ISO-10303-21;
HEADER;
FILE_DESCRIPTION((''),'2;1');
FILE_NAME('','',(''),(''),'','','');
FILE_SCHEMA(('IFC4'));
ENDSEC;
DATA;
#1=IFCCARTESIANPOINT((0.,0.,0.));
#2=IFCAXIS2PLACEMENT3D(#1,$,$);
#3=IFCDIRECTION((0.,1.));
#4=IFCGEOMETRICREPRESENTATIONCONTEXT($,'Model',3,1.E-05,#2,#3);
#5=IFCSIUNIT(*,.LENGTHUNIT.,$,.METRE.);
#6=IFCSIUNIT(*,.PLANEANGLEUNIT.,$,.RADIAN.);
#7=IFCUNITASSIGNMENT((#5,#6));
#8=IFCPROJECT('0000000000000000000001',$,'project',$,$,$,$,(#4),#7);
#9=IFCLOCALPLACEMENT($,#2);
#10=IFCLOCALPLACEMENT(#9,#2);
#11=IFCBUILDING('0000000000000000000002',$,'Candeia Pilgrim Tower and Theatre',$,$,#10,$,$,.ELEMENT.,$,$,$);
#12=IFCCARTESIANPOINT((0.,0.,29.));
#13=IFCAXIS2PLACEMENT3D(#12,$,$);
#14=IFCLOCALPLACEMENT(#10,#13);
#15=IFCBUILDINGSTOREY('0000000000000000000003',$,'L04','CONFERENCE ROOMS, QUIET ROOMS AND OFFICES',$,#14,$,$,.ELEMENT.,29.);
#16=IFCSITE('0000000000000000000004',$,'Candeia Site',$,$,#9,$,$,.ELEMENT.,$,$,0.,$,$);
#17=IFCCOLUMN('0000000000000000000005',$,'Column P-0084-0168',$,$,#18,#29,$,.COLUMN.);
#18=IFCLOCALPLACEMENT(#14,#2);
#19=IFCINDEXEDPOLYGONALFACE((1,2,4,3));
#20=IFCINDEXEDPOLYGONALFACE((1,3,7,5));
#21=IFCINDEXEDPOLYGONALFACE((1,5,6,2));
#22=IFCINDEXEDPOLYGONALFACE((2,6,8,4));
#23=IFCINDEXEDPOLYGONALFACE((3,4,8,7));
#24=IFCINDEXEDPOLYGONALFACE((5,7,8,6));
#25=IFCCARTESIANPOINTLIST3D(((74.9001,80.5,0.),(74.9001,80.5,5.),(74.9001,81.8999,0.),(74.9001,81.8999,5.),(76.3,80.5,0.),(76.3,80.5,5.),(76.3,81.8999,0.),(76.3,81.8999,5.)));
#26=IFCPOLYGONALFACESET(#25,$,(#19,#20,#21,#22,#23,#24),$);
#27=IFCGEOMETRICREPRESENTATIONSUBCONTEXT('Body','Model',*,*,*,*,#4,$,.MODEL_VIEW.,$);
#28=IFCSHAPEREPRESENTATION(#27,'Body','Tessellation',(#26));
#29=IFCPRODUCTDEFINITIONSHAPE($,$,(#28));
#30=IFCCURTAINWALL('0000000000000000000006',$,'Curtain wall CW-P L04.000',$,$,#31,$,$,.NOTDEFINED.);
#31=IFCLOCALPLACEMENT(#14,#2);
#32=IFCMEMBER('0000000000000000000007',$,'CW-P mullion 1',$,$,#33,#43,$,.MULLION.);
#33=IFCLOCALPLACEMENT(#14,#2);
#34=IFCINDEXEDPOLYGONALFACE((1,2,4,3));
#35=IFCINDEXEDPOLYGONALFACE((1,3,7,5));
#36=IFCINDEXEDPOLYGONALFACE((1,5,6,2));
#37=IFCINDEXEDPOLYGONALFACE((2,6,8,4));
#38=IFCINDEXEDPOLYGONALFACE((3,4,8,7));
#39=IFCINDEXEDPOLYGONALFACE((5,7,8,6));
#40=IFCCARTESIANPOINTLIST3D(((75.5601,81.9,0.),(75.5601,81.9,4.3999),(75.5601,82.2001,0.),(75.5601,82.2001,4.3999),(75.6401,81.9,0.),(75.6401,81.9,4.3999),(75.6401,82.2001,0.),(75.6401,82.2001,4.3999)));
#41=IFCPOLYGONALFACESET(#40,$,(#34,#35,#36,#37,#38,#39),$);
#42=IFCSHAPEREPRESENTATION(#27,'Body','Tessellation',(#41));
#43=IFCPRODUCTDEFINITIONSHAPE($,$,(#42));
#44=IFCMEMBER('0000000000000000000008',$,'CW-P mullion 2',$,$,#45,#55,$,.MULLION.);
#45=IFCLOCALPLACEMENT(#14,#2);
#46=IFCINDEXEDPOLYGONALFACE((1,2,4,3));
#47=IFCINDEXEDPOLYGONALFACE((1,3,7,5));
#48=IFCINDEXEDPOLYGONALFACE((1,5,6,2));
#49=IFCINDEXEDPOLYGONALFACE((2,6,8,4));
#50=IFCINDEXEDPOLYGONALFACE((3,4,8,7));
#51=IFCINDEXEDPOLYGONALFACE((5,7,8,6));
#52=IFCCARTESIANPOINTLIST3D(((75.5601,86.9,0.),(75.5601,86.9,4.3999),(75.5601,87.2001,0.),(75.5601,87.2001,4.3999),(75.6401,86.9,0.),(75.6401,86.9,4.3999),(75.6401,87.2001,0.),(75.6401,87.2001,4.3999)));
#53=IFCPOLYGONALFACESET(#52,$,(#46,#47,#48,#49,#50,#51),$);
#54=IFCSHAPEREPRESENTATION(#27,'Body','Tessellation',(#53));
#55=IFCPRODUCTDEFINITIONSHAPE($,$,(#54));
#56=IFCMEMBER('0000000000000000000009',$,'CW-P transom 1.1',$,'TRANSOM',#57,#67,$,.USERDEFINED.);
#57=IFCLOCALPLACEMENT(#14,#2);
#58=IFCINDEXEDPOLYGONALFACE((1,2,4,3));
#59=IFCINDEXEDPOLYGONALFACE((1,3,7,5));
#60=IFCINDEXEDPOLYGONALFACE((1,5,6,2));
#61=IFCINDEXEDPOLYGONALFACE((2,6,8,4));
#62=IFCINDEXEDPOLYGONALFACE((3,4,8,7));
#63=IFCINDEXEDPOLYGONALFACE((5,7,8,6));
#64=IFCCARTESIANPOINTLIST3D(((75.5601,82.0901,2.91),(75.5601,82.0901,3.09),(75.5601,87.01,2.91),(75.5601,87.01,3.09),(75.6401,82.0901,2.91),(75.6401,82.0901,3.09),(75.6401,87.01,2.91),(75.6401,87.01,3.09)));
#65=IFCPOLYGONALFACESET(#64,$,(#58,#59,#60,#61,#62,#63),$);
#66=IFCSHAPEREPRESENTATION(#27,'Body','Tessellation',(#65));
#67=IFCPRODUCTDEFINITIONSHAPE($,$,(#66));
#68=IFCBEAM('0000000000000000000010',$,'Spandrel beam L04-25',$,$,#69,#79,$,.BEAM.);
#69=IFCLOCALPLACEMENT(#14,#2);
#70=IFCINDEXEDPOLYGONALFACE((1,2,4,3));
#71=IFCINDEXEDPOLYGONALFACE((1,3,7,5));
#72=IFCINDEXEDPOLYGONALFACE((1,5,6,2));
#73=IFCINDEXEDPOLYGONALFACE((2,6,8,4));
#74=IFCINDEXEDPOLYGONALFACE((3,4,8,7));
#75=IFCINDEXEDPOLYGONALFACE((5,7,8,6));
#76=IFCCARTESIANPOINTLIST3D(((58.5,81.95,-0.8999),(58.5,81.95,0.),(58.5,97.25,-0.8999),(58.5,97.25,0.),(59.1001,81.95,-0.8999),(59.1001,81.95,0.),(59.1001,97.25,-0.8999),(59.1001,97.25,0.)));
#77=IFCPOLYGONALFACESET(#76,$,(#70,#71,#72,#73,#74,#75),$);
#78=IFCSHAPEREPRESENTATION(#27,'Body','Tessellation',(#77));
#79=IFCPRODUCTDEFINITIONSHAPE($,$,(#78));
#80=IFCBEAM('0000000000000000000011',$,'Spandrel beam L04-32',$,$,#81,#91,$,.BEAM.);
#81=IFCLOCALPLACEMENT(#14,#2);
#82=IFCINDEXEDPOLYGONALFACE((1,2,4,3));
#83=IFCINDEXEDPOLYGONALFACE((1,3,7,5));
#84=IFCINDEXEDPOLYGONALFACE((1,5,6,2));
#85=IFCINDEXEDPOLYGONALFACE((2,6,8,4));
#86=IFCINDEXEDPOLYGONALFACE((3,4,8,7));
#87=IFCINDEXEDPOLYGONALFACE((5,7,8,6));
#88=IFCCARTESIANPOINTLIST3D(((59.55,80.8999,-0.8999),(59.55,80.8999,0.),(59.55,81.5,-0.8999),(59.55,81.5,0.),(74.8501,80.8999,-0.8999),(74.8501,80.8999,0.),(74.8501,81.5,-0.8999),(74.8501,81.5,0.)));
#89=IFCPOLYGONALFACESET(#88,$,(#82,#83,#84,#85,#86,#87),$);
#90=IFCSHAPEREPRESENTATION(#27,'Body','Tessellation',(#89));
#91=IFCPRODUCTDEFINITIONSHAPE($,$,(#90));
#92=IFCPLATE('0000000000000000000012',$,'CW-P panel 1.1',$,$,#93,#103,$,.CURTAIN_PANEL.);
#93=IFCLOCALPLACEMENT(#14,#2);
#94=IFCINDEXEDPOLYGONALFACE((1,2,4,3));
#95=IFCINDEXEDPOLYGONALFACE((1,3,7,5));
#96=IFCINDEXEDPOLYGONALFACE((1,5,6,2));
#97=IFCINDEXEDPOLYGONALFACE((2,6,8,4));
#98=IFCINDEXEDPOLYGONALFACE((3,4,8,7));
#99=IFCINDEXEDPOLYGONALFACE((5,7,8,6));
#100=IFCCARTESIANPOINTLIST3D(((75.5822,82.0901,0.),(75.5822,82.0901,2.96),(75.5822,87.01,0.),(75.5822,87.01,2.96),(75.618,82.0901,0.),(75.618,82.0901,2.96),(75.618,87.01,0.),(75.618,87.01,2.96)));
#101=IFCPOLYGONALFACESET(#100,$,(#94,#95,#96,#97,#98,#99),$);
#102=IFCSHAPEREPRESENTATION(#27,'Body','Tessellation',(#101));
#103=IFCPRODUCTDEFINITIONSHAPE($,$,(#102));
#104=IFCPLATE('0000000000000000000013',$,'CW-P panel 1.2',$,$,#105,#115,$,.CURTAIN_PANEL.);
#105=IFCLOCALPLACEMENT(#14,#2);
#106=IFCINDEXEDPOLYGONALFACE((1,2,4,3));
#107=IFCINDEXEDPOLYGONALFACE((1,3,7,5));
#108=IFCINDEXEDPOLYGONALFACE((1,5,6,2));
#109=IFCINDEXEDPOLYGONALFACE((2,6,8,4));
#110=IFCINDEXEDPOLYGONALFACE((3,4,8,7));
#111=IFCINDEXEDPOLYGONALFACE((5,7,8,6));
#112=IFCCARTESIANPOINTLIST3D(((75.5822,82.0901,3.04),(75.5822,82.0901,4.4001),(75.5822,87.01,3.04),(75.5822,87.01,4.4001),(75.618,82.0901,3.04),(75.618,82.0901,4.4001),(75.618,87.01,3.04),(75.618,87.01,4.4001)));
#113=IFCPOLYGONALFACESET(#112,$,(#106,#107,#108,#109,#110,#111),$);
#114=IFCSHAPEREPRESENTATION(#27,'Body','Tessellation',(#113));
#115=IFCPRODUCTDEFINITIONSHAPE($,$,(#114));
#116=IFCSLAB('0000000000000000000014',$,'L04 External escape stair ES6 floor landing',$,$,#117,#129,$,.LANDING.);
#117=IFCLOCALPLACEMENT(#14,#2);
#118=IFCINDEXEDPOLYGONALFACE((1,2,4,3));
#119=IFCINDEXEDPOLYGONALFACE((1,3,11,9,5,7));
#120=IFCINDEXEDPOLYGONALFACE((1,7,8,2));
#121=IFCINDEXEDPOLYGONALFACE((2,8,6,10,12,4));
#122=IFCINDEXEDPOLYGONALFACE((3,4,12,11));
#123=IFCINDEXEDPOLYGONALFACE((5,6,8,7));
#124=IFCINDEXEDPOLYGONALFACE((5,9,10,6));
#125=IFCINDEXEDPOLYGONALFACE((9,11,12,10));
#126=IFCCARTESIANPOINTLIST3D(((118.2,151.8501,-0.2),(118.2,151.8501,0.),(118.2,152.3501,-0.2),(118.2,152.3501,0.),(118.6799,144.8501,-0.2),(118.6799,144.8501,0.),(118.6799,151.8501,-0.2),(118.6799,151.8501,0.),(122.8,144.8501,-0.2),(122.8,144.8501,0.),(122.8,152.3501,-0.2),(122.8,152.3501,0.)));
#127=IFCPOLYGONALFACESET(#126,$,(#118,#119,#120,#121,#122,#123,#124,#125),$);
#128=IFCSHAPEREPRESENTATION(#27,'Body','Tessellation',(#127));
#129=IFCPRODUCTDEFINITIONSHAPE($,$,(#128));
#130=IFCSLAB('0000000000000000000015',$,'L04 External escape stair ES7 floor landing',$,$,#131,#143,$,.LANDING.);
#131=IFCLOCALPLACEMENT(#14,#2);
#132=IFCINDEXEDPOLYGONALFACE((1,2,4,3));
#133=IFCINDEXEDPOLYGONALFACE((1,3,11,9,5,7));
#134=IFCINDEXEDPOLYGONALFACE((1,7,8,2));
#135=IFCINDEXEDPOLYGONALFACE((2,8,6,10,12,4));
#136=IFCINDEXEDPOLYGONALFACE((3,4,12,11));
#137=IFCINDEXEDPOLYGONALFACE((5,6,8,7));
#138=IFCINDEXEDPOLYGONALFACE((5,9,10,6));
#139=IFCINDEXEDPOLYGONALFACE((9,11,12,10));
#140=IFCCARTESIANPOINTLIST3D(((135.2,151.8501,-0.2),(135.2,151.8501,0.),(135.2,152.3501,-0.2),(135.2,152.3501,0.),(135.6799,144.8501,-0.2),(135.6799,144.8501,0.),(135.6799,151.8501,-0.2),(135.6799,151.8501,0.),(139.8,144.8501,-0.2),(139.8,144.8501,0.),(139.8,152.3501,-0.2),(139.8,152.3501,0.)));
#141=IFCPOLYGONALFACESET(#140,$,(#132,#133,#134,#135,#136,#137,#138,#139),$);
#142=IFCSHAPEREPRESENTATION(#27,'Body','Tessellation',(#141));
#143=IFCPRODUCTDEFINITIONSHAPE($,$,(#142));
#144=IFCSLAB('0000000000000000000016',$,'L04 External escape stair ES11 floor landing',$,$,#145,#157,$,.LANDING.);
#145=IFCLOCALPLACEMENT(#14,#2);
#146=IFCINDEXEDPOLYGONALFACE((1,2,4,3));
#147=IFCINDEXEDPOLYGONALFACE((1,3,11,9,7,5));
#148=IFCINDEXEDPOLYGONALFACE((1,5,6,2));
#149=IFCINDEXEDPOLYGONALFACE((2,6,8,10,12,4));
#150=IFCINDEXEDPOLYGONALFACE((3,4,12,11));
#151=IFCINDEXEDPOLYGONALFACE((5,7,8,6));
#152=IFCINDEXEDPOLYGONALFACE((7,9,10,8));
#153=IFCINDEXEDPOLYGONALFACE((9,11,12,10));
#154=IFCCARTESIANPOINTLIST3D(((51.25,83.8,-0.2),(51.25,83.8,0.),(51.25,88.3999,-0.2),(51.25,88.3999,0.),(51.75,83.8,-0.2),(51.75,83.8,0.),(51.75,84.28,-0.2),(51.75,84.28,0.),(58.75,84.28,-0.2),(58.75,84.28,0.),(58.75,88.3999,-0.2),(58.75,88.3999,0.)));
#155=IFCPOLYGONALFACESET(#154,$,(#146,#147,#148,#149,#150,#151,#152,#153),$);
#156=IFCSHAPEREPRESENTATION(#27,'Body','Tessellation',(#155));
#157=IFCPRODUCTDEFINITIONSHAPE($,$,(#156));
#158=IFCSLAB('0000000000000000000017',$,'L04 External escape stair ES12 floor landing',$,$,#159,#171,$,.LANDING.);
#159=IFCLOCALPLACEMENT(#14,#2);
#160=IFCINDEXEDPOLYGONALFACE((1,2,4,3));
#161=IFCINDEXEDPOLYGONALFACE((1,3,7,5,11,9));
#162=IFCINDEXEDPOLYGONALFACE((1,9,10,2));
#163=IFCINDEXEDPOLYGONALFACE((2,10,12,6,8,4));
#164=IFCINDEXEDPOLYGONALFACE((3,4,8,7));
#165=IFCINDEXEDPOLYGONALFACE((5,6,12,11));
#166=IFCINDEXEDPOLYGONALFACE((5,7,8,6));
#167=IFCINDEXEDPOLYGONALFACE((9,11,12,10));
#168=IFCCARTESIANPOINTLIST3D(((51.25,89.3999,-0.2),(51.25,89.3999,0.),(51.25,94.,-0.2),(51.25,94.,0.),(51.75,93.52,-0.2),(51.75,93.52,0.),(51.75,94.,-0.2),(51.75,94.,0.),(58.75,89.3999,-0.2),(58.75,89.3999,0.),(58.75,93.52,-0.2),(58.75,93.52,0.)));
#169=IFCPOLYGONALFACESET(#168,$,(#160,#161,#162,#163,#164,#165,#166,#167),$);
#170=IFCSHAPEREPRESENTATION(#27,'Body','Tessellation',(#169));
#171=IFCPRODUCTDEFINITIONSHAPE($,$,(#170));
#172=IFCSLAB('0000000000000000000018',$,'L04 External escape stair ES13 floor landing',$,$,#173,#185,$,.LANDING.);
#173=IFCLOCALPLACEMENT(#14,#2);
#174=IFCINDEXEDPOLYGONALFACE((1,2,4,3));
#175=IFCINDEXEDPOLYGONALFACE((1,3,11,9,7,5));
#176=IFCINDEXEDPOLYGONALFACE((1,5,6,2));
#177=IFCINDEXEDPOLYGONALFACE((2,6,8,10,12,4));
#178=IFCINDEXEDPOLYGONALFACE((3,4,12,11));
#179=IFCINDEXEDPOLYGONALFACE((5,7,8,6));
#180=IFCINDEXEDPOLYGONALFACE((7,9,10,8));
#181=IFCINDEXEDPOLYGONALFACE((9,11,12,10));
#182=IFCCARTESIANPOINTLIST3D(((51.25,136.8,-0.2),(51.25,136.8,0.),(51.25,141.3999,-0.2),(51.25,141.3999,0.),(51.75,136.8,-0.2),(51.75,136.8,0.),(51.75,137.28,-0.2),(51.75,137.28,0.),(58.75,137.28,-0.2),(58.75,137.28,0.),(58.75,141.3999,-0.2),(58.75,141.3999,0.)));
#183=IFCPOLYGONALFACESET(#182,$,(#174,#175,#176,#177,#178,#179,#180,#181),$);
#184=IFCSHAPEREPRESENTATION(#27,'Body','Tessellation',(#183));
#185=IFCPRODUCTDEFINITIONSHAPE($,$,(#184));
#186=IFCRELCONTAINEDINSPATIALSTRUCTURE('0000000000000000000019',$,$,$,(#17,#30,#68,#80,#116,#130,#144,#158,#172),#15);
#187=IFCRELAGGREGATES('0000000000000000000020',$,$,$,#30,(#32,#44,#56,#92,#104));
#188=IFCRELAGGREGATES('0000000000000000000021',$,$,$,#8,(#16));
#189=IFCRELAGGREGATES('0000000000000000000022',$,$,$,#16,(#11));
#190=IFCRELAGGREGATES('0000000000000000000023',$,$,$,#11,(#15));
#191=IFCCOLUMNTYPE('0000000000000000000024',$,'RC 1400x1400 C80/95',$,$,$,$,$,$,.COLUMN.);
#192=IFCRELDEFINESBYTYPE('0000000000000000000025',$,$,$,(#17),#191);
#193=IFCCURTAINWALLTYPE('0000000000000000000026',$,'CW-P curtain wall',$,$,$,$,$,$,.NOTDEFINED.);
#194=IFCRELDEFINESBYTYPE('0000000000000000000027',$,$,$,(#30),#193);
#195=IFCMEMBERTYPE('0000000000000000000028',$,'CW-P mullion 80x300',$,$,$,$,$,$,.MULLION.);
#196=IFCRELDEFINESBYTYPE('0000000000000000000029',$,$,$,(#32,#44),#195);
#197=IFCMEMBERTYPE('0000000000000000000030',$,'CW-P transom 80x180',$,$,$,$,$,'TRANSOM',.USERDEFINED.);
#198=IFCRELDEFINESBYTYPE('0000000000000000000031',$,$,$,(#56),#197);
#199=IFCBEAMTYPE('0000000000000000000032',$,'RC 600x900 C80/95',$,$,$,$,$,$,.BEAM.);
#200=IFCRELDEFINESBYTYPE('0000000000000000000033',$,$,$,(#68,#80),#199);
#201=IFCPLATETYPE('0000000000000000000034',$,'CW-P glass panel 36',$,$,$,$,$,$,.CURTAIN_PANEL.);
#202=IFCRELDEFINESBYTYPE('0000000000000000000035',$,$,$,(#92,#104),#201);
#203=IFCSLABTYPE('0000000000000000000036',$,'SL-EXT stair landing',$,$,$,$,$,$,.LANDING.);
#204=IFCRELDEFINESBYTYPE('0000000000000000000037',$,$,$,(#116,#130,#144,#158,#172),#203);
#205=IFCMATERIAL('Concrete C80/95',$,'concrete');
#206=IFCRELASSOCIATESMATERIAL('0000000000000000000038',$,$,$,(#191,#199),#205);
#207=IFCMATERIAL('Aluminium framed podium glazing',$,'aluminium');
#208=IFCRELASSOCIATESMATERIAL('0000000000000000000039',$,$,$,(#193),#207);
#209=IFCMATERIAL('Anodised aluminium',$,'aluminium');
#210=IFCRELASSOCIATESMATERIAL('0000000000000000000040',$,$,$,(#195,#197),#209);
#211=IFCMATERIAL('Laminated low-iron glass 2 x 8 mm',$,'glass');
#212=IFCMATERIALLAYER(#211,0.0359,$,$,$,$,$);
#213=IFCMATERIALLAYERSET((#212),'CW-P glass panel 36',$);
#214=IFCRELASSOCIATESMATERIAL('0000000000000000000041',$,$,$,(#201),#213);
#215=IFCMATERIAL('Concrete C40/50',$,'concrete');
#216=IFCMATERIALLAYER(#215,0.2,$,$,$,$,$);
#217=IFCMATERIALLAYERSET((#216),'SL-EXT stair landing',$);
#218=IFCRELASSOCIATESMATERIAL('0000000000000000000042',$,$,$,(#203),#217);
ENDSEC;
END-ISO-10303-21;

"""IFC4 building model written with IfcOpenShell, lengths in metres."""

from ifc_helpers import new_model, si_unit, direction, frame, origin, origin_2d, place, context, subcontext, project, spatial, polyline, rectangle, outline, extrude, material, layer, layer_set, material_profile, profile_set, type_object, element, aggregate, save


model = new_model("IFC4")

# Units and contexts
model_context = context("Model", 3, precision=1e-05, world=origin(), true_north=direction((0.0, 1.0)))
body_context = subcontext(model_context, "Body", "Model", "MODEL_VIEW")
ifc_project = project(units=[si_unit("LENGTHUNIT", "METRE"), si_unit("PLANEANGLEUNIT", "RADIAN")], contexts=[model_context])

# Site, building, storey
site_placement = place(None, origin())
site = spatial("IfcSite", under=ifc_project, at=site_placement, Name="Candeia Site", CompositionType="ELEMENT", RefElevation=0.0)
building_placement = place(site_placement, origin())
building = spatial("IfcBuilding", under=site, at=building_placement, Name="Candeia Pilgrim Tower and Theatre", CompositionType="ELEMENT")
storey_placement = place(building_placement, frame((0.0, 0.0, 29.0)))
storey = spatial("IfcBuildingStorey", under=building, at=storey_placement, Name="L04", Description="CONFERENCE ROOMS, QUIET ROOMS AND OFFICES", CompositionType="ELEMENT", Elevation=29.0)

# Column
ifc_material_1 = material(Name="Concrete C80/95", Category="concrete")
ifc_material_profile_1 = material_profile(ifc_material_1, rectangle(XDim=1.3999, YDim=1.3999, at=origin_2d()))
ifc_profile_set_1 = profile_set([ifc_material_profile_1], Name="Concrete C80/95")
column_type = type_object("IfcColumnType", Name="RC 1400x1400 C80/95", PredefinedType="COLUMN", material=ifc_profile_set_1)
column_placement = place(storey_placement, frame((75.6001, 81.2, 0.0), z_axis=(0.0, 0.0, 1.0), x_axis=(1.0, 0.0, 0.0)))
element("IfcColumn", 1, at=column_placement, inside=storey, type_object=column_type, Name="Column P-0084-0168", PredefinedType="COLUMN", context=body_context, shape_type="SweptSolid", body=[
    extrude(rectangle(XDim=1.3999, YDim=1.3999, at=origin_2d()), origin(), (0.0, 0.0, 1.0), 5.0),
])

# Curtain wall, members
ifc_material_2 = material(Name="Aluminium framed podium glazing", Category="aluminium")
curtain_wall_type = type_object("IfcCurtainWallType", Name="CW-P curtain wall", PredefinedType="NOTDEFINED", material=ifc_material_2)
curtain_wall_placement = place(storey_placement, origin())
curtain_wall = element("IfcCurtainWall", 2, at=curtain_wall_placement, inside=storey, type_object=curtain_wall_type, Name="Curtain wall CW-P L04.000", PredefinedType="NOTDEFINED")
ifc_material_3 = material(Name="Anodised aluminium", Category="aluminium")
ifc_material_profile_2 = material_profile(ifc_material_3, rectangle(XDim=0.0801, YDim=0.3, at=origin_2d()))
ifc_profile_set_2 = profile_set([ifc_material_profile_2], Name="Anodised aluminium")
member_type_1 = type_object("IfcMemberType", Name="CW-P mullion 80x300", PredefinedType="MULLION", material=ifc_profile_set_2)
member_1_placement = place(storey_placement, frame((75.6001, 82.05, 0.0), z_axis=(0.0, 0.0, 1.0), x_axis=(-1.0, 0.0, 0.0)))
member_1 = element("IfcMember", 3, at=member_1_placement, type_object=member_type_1, Name="CW-P mullion 1", PredefinedType="MULLION", context=body_context, shape_type="SweptSolid", body=[
    extrude(rectangle(XDim=0.0801, YDim=0.3, at=origin_2d()), origin(), (0.0, 0.0, 1.0), 4.3999),
])
member_2_placement = place(storey_placement, frame((75.6001, 87.05, 0.0), z_axis=(0.0, 0.0, 1.0), x_axis=(-1.0, 0.0, 0.0)))
member_2 = element("IfcMember", 4, at=member_2_placement, type_object=member_type_1, Name="CW-P mullion 2", PredefinedType="MULLION", context=body_context, shape_type="SweptSolid", body=[
    extrude(rectangle(XDim=0.0801, YDim=0.3, at=origin_2d()), origin(), (0.0, 0.0, 1.0), 4.3999),
])
ifc_material_profile_3 = material_profile(ifc_material_3, rectangle(XDim=0.0801, YDim=0.1799, at=origin_2d()))
ifc_profile_set_3 = profile_set([ifc_material_profile_3], Name="Anodised aluminium")
member_type_2 = type_object("IfcMemberType", Name="CW-P transom 80x180", ElementType="TRANSOM", PredefinedType="USERDEFINED", material=ifc_profile_set_3)
member_3_placement = place(storey_placement, frame((75.6001, 82.0901, 3.0), z_axis=(0.0, 1.0, 0.0), x_axis=(-1.0, 0.0, 0.0)))
member_3 = element("IfcMember", 5, at=member_3_placement, type_object=member_type_2, Name="CW-P transom 1.1", ObjectType="TRANSOM", PredefinedType="USERDEFINED", context=body_context, shape_type="SweptSolid", body=[
    extrude(rectangle(XDim=0.0801, YDim=0.1799, at=origin_2d()), origin(), (0.0, 0.0, 1.0), 4.9199),
])

# Beams
ifc_material_profile_4 = material_profile(ifc_material_1, rectangle(XDim=0.6001, YDim=0.8999, at=origin_2d()))
ifc_profile_set_4 = profile_set([ifc_material_profile_4], Name="Concrete C80/95")
beam_type = type_object("IfcBeamType", Name="RC 600x900 C80/95", PredefinedType="BEAM", material=ifc_profile_set_4)
for number, where, z_axis, x_axis, name in (
    (6, (58.8, 81.95, -0.45), (0.0, 1.0, 0.0), (-1.0, 0.0, 0.0), "Spandrel beam L04-25"),
    (7, (74.8501, 81.2, -0.45), (-1.0, 0.0, 0.0), (0.0, -1.0, 0.0), "Spandrel beam L04-32"),
):
    element("IfcBeam", number, at=place(storey_placement, frame(where, z_axis=z_axis, x_axis=x_axis)), inside=storey, type_object=beam_type, Name=name, PredefinedType="BEAM", context=body_context, shape_type="SweptSolid", body=[
        extrude(rectangle(XDim=0.6001, YDim=0.8999, at=origin_2d()), origin(), (0.0, 0.0, 1.0), 15.3),
    ])

# Plates
ifc_material_4 = material(Name="Laminated low-iron glass 2 x 8 mm", Category="glass")
ifc_layer_1 = layer(ifc_material_4, 0.0359)
ifc_layer_set_1 = layer_set([ifc_layer_1], Name="CW-P glass panel 36")
plate_type = type_object("IfcPlateType", Name="CW-P glass panel 36", PredefinedType="CURTAIN_PANEL", material=ifc_layer_set_1)
plate_1_placement = place(storey_placement, frame((75.6001, 84.55, 0.0), z_axis=(0.0, 0.0, 1.0), x_axis=(0.0, 1.0, 0.0)))
plate_1 = element("IfcPlate", 8, at=plate_1_placement, type_object=plate_type, Name="CW-P panel 1.1", PredefinedType="CURTAIN_PANEL", context=body_context, shape_type="SweptSolid", body=[
    extrude(rectangle(XDim=4.9199, YDim=0.0359, at=origin_2d()), origin(), (0.0, 0.0, 1.0), 2.96),
])
plate_2_placement = place(storey_placement, frame((75.6001, 84.55, 3.04), z_axis=(0.0, 0.0, 1.0), x_axis=(0.0, 1.0, 0.0)))
plate_2 = element("IfcPlate", 9, at=plate_2_placement, type_object=plate_type, Name="CW-P panel 1.2", PredefinedType="CURTAIN_PANEL", context=body_context, shape_type="SweptSolid", body=[
    extrude(rectangle(XDim=4.9199, YDim=0.0359, at=origin_2d()), origin(), (0.0, 0.0, 1.0), 1.3601),
])
aggregate(curtain_wall, [member_1, member_2, member_3, plate_1, plate_2])

# Slabs
ifc_material_5 = material(Name="Concrete C40/50", Category="concrete")
ifc_layer_2 = layer(ifc_material_5, 0.2)
ifc_layer_set_2 = layer_set([ifc_layer_2], Name="SL-EXT stair landing")
slab_type = type_object("IfcSlabType", Name="SL-EXT stair landing", PredefinedType="LANDING", material=ifc_layer_set_2)
slab_1_placement = place(storey_placement, frame((0.0, 0.0, -0.2)))
element("IfcSlab", 10, at=slab_1_placement, inside=storey, type_object=slab_type, Name="L04 External escape stair ES6 floor landing", PredefinedType="LANDING", context=body_context, shape_type="SweptSolid", body=[
    extrude(outline(polyline([(122.8, 144.8501), (118.6799, 144.8501), (118.6799, 151.8501), (118.2, 151.8501), (118.2, 152.3501), (122.8, 152.3501), (122.8, 144.8501)])), origin(), (0.0, 0.0, 1.0), 0.2),
])
slab_2_placement = place(storey_placement, frame((0.0, 0.0, -0.2)))
element("IfcSlab", 11, at=slab_2_placement, inside=storey, type_object=slab_type, Name="L04 External escape stair ES7 floor landing", PredefinedType="LANDING", context=body_context, shape_type="SweptSolid", body=[
    extrude(outline(polyline([(139.8, 144.8501), (135.6799, 144.8501), (135.6799, 151.8501), (135.2, 151.8501), (135.2, 152.3501), (139.8, 152.3501), (139.8, 144.8501)])), origin(), (0.0, 0.0, 1.0), 0.2),
])
slab_3_placement = place(storey_placement, frame((0.0, 0.0, -0.2)))
element("IfcSlab", 12, at=slab_3_placement, inside=storey, type_object=slab_type, Name="L04 External escape stair ES11 floor landing", PredefinedType="LANDING", context=body_context, shape_type="SweptSolid", body=[
    extrude(outline(polyline([(58.75, 88.3999), (58.75, 84.28), (51.75, 84.28), (51.75, 83.8), (51.25, 83.8), (51.25, 88.3999), (58.75, 88.3999)])), origin(), (0.0, 0.0, 1.0), 0.2),
])
slab_4_placement = place(storey_placement, frame((0.0, 0.0, -0.2)))
element("IfcSlab", 13, at=slab_4_placement, inside=storey, type_object=slab_type, Name="L04 External escape stair ES12 floor landing", PredefinedType="LANDING", context=body_context, shape_type="SweptSolid", body=[
    extrude(outline(polyline([(58.75, 89.3999), (58.75, 93.52), (51.75, 93.52), (51.75, 94.0), (51.25, 94.0), (51.25, 89.3999), (58.75, 89.3999)])), origin(), (0.0, 0.0, 1.0), 0.2),
])
slab_5_placement = place(storey_placement, frame((0.0, 0.0, -0.2)))
element("IfcSlab", 14, at=slab_5_placement, inside=storey, type_object=slab_type, Name="L04 External escape stair ES13 floor landing", PredefinedType="LANDING", context=body_context, shape_type="SweptSolid", body=[
    extrude(outline(polyline([(58.75, 141.3999), (58.75, 137.28), (51.75, 137.28), (51.75, 136.8), (51.25, 136.8), (51.25, 141.3999), (58.75, 141.3999)])), origin(), (0.0, 0.0, 1.0), 0.2),
])

save(model, "model.ifc")
